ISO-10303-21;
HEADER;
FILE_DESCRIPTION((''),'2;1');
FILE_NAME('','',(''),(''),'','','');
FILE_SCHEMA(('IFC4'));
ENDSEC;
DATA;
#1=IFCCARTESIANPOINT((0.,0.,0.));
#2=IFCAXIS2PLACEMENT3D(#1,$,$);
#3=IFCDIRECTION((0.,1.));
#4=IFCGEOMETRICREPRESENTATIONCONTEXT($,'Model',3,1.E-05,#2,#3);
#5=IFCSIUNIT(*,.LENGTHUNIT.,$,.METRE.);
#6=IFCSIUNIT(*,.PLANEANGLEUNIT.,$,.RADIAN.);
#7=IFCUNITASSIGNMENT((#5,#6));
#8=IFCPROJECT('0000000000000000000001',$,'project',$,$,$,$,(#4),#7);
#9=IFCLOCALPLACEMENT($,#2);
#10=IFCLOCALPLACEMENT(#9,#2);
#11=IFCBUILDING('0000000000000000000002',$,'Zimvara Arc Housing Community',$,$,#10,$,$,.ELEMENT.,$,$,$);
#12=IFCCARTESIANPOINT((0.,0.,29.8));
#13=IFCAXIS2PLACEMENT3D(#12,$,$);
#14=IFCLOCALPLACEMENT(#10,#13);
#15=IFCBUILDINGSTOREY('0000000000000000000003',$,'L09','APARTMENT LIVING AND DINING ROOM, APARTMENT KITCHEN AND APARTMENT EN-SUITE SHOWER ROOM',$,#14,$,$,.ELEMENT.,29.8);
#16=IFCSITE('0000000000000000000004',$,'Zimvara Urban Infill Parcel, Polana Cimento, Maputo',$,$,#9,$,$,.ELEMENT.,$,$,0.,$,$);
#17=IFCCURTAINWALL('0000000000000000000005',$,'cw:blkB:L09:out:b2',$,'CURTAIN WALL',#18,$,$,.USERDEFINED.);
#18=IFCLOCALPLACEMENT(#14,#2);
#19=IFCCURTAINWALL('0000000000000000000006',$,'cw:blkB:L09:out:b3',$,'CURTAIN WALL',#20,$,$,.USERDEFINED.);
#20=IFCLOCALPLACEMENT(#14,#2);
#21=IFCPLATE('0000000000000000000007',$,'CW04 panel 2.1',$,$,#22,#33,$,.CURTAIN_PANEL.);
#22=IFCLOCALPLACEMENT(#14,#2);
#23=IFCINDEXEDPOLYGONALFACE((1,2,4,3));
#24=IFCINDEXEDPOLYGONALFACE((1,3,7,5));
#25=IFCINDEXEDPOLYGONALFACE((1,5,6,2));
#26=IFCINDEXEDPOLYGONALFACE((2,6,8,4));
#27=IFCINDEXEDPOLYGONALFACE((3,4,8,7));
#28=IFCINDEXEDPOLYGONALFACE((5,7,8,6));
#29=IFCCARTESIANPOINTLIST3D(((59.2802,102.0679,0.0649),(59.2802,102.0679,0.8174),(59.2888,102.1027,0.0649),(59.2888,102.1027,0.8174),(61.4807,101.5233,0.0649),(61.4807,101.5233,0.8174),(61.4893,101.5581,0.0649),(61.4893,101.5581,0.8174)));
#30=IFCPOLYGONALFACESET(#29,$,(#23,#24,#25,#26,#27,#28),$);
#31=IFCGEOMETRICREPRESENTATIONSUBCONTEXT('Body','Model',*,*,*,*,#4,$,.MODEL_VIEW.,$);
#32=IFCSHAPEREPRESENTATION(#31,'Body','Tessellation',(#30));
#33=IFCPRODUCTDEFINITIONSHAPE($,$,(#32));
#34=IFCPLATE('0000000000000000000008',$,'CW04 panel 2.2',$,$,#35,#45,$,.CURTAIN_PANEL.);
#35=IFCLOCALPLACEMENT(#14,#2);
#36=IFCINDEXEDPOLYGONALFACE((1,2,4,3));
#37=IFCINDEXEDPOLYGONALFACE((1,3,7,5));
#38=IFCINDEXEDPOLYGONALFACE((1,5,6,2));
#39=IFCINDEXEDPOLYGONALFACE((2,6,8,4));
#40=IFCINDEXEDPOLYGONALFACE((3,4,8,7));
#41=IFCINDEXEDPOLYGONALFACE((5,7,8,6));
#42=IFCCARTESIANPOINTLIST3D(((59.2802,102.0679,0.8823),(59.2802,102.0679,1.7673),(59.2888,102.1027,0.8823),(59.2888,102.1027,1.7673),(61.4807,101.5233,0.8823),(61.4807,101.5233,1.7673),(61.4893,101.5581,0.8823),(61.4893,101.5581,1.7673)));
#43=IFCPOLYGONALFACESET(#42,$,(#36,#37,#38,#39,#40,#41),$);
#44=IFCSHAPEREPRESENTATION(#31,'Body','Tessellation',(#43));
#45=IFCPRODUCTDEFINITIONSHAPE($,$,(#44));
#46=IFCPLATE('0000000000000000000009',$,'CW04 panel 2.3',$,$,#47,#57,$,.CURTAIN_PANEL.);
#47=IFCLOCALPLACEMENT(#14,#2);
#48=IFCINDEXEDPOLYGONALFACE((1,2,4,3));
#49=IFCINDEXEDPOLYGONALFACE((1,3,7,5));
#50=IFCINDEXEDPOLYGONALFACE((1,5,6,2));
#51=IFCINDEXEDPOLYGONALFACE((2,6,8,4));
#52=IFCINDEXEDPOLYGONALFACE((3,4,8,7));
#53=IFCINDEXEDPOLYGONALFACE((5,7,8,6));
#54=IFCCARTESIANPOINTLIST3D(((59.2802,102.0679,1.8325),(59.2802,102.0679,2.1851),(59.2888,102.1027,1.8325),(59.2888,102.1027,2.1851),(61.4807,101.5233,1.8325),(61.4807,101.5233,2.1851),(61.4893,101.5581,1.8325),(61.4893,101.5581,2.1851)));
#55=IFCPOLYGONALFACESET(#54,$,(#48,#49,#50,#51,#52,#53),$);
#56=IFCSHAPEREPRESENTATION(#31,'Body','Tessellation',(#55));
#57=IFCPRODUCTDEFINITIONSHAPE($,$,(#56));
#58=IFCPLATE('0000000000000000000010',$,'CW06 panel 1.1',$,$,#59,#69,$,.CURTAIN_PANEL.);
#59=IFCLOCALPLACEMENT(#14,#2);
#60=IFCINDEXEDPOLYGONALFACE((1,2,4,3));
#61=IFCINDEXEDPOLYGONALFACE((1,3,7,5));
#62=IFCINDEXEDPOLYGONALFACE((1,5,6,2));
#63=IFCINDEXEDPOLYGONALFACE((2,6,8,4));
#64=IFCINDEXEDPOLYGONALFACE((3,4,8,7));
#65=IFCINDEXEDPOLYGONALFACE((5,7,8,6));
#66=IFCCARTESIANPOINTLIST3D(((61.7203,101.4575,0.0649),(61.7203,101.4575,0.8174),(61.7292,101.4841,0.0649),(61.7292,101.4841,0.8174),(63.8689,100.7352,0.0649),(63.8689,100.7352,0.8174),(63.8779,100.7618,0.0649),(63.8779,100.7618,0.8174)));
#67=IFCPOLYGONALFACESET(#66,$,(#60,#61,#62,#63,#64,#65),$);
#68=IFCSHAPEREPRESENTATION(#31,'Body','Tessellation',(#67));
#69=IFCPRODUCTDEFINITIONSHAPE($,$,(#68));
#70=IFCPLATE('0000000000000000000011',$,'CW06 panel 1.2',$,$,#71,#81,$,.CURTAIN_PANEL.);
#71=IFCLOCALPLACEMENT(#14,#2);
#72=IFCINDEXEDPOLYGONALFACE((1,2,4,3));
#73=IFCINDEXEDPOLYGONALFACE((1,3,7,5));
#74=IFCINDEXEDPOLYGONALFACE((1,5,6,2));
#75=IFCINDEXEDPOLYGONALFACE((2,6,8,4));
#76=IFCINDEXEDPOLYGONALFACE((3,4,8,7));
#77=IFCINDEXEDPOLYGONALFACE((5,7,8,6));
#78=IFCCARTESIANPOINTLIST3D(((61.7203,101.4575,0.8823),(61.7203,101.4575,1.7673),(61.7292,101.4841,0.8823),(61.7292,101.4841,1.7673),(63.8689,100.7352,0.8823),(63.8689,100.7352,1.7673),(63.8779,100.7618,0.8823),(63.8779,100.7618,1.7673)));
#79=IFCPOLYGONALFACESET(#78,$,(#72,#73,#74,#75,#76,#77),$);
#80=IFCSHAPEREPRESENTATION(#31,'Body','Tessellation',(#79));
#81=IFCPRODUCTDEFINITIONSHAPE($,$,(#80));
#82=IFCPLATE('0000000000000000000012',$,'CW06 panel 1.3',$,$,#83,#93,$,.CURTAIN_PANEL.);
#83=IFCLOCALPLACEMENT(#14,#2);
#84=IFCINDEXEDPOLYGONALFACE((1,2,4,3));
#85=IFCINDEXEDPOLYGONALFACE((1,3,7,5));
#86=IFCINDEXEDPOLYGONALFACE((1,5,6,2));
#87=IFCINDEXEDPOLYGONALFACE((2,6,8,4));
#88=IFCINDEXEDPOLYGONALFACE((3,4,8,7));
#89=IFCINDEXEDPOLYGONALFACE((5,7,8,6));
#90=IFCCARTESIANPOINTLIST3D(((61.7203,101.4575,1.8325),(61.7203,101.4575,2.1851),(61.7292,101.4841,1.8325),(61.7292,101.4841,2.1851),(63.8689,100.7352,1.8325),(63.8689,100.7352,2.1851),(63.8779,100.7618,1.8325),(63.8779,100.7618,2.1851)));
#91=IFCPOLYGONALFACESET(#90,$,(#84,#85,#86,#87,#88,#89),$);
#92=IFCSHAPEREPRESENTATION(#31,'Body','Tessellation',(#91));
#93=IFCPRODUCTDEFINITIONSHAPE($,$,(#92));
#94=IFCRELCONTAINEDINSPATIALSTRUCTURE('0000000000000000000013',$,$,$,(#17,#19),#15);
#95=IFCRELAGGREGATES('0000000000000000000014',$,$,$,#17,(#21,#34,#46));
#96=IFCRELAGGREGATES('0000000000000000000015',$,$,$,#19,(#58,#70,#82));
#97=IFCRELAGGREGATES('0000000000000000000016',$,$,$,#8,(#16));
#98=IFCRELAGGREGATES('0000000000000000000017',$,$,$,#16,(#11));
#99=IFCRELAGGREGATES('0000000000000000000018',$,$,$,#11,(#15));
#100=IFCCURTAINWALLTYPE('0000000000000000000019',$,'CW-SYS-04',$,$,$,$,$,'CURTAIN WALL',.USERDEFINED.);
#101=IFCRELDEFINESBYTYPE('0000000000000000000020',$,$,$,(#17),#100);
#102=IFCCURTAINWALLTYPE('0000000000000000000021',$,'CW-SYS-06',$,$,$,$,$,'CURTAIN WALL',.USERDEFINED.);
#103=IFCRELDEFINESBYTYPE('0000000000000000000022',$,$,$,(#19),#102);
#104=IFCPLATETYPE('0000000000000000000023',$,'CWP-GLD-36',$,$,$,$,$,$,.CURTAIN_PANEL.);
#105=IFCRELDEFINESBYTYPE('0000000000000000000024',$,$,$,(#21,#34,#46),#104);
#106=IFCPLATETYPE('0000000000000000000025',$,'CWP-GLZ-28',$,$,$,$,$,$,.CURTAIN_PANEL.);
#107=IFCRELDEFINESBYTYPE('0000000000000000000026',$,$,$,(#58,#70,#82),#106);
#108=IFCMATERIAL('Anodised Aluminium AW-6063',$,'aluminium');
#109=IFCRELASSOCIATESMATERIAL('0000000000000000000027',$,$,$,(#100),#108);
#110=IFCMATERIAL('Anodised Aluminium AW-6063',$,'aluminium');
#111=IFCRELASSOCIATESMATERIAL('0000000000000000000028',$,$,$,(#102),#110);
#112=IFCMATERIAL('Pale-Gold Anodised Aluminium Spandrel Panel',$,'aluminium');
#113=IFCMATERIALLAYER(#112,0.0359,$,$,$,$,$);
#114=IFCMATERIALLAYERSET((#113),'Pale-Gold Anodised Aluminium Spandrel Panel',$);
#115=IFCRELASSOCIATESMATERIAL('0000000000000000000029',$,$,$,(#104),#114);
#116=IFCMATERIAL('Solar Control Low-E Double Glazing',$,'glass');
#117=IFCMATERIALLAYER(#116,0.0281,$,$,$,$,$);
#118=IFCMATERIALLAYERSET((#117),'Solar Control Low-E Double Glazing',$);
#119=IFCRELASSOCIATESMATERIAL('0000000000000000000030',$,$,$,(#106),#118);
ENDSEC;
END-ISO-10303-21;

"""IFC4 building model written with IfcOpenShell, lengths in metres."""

from ifc_helpers import new_model, si_unit, direction, frame, origin, origin_2d, place, context, subcontext, project, spatial, rectangle, extrude, material, layer, layer_set, type_object, element, aggregate, save


model = new_model("IFC4")

# Units and contexts
model_context = context("Model", 3, precision=1e-05, world=origin(), true_north=direction((0.0, 1.0)))
body_context = subcontext(model_context, "Body", "Model", "MODEL_VIEW")
ifc_project = project(units=[si_unit("LENGTHUNIT", "METRE"), si_unit("PLANEANGLEUNIT", "RADIAN")], contexts=[model_context])

# Site, building, storey
site_placement = place(None, origin())
site = spatial("IfcSite", under=ifc_project, at=site_placement, Name="Zimvara Urban Infill Parcel, Polana Cimento, Maputo", CompositionType="ELEMENT", RefElevation=0.0)
building_placement = place(site_placement, origin())
building = spatial("IfcBuilding", under=site, at=building_placement, Name="Zimvara Arc Housing Community", CompositionType="ELEMENT")
storey_placement = place(building_placement, frame((0.0, 0.0, 29.8)))
storey = spatial("IfcBuildingStorey", under=building, at=storey_placement, Name="L09", Description="APARTMENT LIVING AND DINING ROOM, APARTMENT KITCHEN AND APARTMENT EN-SUITE SHOWER ROOM", CompositionType="ELEMENT", Elevation=29.8)

# Curtain wall
ifc_material_1 = material(Name="Anodised Aluminium AW-6063", Category="aluminium")
curtain_wall_type_1 = type_object("IfcCurtainWallType", Name="CW-SYS-04", ElementType="CURTAIN WALL", PredefinedType="USERDEFINED", material=ifc_material_1)
curtain_wall_1_placement = place(storey_placement, origin())
curtain_wall_1 = element("IfcCurtainWall", 1, at=curtain_wall_1_placement, inside=storey, type_object=curtain_wall_type_1, Name="cw:blkB:L09:out:b2", ObjectType="CURTAIN WALL", PredefinedType="USERDEFINED")

# Curtain wall
ifc_material_2 = material(Name="Anodised Aluminium AW-6063", Category="aluminium")
curtain_wall_type_2 = type_object("IfcCurtainWallType", Name="CW-SYS-06", ElementType="CURTAIN WALL", PredefinedType="USERDEFINED", material=ifc_material_2)
curtain_wall_2_placement = place(storey_placement, origin())
curtain_wall_2 = element("IfcCurtainWall", 2, at=curtain_wall_2_placement, inside=storey, type_object=curtain_wall_type_2, Name="cw:blkB:L09:out:b3", ObjectType="CURTAIN WALL", PredefinedType="USERDEFINED")

# Plates
ifc_material_3 = material(Name="Pale-Gold Anodised Aluminium Spandrel Panel", Category="aluminium")
ifc_layer_1 = layer(ifc_material_3, 0.0359)
ifc_layer_set_1 = layer_set([ifc_layer_1], Name="Pale-Gold Anodised Aluminium Spandrel Panel")
plate_type_1 = type_object("IfcPlateType", Name="CWP-GLD-36", PredefinedType="CURTAIN_PANEL", material=ifc_layer_set_1)
plate_1_placement = place(storey_placement, frame((60.3848, 101.813, 0.0649), z_axis=(0.0, 0.0, 1.0), x_axis=(0.970716, -0.24023, 0.0)))
plate_1 = element("IfcPlate", 3, at=plate_1_placement, type_object=plate_type_1, Name="CW04 panel 2.1", PredefinedType="CURTAIN_PANEL", context=body_context, shape_type="SweptSolid", body=[
    extrude(rectangle(XDim=2.2668, YDim=0.0359, at=origin_2d()), origin(), (0.0, 0.0, 1.0), 0.7524),
])
plate_2_placement = place(storey_placement, frame((60.3848, 101.813, 0.8823), z_axis=(0.0, 0.0, 1.0), x_axis=(0.970716, -0.24023, 0.0)))
plate_2 = element("IfcPlate", 4, at=plate_2_placement, type_object=plate_type_1, Name="CW04 panel 2.2", PredefinedType="CURTAIN_PANEL", context=body_context, shape_type="SweptSolid", body=[
    extrude(rectangle(XDim=2.2668, YDim=0.0359, at=origin_2d()), origin(), (0.0, 0.0, 1.0), 0.885),
])
plate_3_placement = place(storey_placement, frame((60.3848, 101.813, 1.8325), z_axis=(0.0, 0.0, 1.0), x_axis=(0.970716, -0.24023, 0.0)))
plate_3 = element("IfcPlate", 5, at=plate_3_placement, type_object=plate_type_1, Name="CW04 panel 2.3", PredefinedType="CURTAIN_PANEL", context=body_context, shape_type="SweptSolid", body=[
    extrude(rectangle(XDim=2.2668, YDim=0.0359, at=origin_2d()), origin(), (0.0, 0.0, 1.0), 0.3525),
])
aggregate(curtain_wall_1, [plate_1, plate_2, plate_3])
ifc_material_4 = material(Name="Solar Control Low-E Double Glazing", Category="glass")
ifc_layer_2 = layer(ifc_material_4, 0.0281)
ifc_layer_set_2 = layer_set([ifc_layer_2], Name="Solar Control Low-E Double Glazing")
plate_type_2 = type_object("IfcPlateType", Name="CWP-GLZ-28", PredefinedType="CURTAIN_PANEL", material=ifc_layer_set_2)
plate_4_placement = place(storey_placement, frame((62.7991, 101.1096, 0.0649), z_axis=(0.0, 0.0, 1.0), x_axis=(0.94788, -0.318629, 0.0)))
plate_4 = element("IfcPlate", 6, at=plate_4_placement, type_object=plate_type_2, Name="CW06 panel 1.1", PredefinedType="CURTAIN_PANEL", context=body_context, shape_type="SweptSolid", body=[
    extrude(rectangle(XDim=2.2668, YDim=0.0281, at=origin_2d()), origin(), (0.0, 0.0, 1.0), 0.7524),
])
plate_5_placement = place(storey_placement, frame((62.7991, 101.1096, 0.8823), z_axis=(0.0, 0.0, 1.0), x_axis=(0.94788, -0.318629, 0.0)))
plate_5 = element("IfcPlate", 7, at=plate_5_placement, type_object=plate_type_2, Name="CW06 panel 1.2", PredefinedType="CURTAIN_PANEL", context=body_context, shape_type="SweptSolid", body=[
    extrude(rectangle(XDim=2.2668, YDim=0.0281, at=origin_2d()), origin(), (0.0, 0.0, 1.0), 0.885),
])
plate_6_placement = place(storey_placement, frame((62.7991, 101.1096, 1.8325), z_axis=(0.0, 0.0, 1.0), x_axis=(0.94788, -0.318629, 0.0)))
plate_6 = element("IfcPlate", 8, at=plate_6_placement, type_object=plate_type_2, Name="CW06 panel 1.3", PredefinedType="CURTAIN_PANEL", context=body_context, shape_type="SweptSolid", body=[
    extrude(rectangle(XDim=2.2668, YDim=0.0281, at=origin_2d()), origin(), (0.0, 0.0, 1.0), 0.3525),
])
aggregate(curtain_wall_2, [plate_4, plate_5, plate_6])

save(model, "model.ifc")
